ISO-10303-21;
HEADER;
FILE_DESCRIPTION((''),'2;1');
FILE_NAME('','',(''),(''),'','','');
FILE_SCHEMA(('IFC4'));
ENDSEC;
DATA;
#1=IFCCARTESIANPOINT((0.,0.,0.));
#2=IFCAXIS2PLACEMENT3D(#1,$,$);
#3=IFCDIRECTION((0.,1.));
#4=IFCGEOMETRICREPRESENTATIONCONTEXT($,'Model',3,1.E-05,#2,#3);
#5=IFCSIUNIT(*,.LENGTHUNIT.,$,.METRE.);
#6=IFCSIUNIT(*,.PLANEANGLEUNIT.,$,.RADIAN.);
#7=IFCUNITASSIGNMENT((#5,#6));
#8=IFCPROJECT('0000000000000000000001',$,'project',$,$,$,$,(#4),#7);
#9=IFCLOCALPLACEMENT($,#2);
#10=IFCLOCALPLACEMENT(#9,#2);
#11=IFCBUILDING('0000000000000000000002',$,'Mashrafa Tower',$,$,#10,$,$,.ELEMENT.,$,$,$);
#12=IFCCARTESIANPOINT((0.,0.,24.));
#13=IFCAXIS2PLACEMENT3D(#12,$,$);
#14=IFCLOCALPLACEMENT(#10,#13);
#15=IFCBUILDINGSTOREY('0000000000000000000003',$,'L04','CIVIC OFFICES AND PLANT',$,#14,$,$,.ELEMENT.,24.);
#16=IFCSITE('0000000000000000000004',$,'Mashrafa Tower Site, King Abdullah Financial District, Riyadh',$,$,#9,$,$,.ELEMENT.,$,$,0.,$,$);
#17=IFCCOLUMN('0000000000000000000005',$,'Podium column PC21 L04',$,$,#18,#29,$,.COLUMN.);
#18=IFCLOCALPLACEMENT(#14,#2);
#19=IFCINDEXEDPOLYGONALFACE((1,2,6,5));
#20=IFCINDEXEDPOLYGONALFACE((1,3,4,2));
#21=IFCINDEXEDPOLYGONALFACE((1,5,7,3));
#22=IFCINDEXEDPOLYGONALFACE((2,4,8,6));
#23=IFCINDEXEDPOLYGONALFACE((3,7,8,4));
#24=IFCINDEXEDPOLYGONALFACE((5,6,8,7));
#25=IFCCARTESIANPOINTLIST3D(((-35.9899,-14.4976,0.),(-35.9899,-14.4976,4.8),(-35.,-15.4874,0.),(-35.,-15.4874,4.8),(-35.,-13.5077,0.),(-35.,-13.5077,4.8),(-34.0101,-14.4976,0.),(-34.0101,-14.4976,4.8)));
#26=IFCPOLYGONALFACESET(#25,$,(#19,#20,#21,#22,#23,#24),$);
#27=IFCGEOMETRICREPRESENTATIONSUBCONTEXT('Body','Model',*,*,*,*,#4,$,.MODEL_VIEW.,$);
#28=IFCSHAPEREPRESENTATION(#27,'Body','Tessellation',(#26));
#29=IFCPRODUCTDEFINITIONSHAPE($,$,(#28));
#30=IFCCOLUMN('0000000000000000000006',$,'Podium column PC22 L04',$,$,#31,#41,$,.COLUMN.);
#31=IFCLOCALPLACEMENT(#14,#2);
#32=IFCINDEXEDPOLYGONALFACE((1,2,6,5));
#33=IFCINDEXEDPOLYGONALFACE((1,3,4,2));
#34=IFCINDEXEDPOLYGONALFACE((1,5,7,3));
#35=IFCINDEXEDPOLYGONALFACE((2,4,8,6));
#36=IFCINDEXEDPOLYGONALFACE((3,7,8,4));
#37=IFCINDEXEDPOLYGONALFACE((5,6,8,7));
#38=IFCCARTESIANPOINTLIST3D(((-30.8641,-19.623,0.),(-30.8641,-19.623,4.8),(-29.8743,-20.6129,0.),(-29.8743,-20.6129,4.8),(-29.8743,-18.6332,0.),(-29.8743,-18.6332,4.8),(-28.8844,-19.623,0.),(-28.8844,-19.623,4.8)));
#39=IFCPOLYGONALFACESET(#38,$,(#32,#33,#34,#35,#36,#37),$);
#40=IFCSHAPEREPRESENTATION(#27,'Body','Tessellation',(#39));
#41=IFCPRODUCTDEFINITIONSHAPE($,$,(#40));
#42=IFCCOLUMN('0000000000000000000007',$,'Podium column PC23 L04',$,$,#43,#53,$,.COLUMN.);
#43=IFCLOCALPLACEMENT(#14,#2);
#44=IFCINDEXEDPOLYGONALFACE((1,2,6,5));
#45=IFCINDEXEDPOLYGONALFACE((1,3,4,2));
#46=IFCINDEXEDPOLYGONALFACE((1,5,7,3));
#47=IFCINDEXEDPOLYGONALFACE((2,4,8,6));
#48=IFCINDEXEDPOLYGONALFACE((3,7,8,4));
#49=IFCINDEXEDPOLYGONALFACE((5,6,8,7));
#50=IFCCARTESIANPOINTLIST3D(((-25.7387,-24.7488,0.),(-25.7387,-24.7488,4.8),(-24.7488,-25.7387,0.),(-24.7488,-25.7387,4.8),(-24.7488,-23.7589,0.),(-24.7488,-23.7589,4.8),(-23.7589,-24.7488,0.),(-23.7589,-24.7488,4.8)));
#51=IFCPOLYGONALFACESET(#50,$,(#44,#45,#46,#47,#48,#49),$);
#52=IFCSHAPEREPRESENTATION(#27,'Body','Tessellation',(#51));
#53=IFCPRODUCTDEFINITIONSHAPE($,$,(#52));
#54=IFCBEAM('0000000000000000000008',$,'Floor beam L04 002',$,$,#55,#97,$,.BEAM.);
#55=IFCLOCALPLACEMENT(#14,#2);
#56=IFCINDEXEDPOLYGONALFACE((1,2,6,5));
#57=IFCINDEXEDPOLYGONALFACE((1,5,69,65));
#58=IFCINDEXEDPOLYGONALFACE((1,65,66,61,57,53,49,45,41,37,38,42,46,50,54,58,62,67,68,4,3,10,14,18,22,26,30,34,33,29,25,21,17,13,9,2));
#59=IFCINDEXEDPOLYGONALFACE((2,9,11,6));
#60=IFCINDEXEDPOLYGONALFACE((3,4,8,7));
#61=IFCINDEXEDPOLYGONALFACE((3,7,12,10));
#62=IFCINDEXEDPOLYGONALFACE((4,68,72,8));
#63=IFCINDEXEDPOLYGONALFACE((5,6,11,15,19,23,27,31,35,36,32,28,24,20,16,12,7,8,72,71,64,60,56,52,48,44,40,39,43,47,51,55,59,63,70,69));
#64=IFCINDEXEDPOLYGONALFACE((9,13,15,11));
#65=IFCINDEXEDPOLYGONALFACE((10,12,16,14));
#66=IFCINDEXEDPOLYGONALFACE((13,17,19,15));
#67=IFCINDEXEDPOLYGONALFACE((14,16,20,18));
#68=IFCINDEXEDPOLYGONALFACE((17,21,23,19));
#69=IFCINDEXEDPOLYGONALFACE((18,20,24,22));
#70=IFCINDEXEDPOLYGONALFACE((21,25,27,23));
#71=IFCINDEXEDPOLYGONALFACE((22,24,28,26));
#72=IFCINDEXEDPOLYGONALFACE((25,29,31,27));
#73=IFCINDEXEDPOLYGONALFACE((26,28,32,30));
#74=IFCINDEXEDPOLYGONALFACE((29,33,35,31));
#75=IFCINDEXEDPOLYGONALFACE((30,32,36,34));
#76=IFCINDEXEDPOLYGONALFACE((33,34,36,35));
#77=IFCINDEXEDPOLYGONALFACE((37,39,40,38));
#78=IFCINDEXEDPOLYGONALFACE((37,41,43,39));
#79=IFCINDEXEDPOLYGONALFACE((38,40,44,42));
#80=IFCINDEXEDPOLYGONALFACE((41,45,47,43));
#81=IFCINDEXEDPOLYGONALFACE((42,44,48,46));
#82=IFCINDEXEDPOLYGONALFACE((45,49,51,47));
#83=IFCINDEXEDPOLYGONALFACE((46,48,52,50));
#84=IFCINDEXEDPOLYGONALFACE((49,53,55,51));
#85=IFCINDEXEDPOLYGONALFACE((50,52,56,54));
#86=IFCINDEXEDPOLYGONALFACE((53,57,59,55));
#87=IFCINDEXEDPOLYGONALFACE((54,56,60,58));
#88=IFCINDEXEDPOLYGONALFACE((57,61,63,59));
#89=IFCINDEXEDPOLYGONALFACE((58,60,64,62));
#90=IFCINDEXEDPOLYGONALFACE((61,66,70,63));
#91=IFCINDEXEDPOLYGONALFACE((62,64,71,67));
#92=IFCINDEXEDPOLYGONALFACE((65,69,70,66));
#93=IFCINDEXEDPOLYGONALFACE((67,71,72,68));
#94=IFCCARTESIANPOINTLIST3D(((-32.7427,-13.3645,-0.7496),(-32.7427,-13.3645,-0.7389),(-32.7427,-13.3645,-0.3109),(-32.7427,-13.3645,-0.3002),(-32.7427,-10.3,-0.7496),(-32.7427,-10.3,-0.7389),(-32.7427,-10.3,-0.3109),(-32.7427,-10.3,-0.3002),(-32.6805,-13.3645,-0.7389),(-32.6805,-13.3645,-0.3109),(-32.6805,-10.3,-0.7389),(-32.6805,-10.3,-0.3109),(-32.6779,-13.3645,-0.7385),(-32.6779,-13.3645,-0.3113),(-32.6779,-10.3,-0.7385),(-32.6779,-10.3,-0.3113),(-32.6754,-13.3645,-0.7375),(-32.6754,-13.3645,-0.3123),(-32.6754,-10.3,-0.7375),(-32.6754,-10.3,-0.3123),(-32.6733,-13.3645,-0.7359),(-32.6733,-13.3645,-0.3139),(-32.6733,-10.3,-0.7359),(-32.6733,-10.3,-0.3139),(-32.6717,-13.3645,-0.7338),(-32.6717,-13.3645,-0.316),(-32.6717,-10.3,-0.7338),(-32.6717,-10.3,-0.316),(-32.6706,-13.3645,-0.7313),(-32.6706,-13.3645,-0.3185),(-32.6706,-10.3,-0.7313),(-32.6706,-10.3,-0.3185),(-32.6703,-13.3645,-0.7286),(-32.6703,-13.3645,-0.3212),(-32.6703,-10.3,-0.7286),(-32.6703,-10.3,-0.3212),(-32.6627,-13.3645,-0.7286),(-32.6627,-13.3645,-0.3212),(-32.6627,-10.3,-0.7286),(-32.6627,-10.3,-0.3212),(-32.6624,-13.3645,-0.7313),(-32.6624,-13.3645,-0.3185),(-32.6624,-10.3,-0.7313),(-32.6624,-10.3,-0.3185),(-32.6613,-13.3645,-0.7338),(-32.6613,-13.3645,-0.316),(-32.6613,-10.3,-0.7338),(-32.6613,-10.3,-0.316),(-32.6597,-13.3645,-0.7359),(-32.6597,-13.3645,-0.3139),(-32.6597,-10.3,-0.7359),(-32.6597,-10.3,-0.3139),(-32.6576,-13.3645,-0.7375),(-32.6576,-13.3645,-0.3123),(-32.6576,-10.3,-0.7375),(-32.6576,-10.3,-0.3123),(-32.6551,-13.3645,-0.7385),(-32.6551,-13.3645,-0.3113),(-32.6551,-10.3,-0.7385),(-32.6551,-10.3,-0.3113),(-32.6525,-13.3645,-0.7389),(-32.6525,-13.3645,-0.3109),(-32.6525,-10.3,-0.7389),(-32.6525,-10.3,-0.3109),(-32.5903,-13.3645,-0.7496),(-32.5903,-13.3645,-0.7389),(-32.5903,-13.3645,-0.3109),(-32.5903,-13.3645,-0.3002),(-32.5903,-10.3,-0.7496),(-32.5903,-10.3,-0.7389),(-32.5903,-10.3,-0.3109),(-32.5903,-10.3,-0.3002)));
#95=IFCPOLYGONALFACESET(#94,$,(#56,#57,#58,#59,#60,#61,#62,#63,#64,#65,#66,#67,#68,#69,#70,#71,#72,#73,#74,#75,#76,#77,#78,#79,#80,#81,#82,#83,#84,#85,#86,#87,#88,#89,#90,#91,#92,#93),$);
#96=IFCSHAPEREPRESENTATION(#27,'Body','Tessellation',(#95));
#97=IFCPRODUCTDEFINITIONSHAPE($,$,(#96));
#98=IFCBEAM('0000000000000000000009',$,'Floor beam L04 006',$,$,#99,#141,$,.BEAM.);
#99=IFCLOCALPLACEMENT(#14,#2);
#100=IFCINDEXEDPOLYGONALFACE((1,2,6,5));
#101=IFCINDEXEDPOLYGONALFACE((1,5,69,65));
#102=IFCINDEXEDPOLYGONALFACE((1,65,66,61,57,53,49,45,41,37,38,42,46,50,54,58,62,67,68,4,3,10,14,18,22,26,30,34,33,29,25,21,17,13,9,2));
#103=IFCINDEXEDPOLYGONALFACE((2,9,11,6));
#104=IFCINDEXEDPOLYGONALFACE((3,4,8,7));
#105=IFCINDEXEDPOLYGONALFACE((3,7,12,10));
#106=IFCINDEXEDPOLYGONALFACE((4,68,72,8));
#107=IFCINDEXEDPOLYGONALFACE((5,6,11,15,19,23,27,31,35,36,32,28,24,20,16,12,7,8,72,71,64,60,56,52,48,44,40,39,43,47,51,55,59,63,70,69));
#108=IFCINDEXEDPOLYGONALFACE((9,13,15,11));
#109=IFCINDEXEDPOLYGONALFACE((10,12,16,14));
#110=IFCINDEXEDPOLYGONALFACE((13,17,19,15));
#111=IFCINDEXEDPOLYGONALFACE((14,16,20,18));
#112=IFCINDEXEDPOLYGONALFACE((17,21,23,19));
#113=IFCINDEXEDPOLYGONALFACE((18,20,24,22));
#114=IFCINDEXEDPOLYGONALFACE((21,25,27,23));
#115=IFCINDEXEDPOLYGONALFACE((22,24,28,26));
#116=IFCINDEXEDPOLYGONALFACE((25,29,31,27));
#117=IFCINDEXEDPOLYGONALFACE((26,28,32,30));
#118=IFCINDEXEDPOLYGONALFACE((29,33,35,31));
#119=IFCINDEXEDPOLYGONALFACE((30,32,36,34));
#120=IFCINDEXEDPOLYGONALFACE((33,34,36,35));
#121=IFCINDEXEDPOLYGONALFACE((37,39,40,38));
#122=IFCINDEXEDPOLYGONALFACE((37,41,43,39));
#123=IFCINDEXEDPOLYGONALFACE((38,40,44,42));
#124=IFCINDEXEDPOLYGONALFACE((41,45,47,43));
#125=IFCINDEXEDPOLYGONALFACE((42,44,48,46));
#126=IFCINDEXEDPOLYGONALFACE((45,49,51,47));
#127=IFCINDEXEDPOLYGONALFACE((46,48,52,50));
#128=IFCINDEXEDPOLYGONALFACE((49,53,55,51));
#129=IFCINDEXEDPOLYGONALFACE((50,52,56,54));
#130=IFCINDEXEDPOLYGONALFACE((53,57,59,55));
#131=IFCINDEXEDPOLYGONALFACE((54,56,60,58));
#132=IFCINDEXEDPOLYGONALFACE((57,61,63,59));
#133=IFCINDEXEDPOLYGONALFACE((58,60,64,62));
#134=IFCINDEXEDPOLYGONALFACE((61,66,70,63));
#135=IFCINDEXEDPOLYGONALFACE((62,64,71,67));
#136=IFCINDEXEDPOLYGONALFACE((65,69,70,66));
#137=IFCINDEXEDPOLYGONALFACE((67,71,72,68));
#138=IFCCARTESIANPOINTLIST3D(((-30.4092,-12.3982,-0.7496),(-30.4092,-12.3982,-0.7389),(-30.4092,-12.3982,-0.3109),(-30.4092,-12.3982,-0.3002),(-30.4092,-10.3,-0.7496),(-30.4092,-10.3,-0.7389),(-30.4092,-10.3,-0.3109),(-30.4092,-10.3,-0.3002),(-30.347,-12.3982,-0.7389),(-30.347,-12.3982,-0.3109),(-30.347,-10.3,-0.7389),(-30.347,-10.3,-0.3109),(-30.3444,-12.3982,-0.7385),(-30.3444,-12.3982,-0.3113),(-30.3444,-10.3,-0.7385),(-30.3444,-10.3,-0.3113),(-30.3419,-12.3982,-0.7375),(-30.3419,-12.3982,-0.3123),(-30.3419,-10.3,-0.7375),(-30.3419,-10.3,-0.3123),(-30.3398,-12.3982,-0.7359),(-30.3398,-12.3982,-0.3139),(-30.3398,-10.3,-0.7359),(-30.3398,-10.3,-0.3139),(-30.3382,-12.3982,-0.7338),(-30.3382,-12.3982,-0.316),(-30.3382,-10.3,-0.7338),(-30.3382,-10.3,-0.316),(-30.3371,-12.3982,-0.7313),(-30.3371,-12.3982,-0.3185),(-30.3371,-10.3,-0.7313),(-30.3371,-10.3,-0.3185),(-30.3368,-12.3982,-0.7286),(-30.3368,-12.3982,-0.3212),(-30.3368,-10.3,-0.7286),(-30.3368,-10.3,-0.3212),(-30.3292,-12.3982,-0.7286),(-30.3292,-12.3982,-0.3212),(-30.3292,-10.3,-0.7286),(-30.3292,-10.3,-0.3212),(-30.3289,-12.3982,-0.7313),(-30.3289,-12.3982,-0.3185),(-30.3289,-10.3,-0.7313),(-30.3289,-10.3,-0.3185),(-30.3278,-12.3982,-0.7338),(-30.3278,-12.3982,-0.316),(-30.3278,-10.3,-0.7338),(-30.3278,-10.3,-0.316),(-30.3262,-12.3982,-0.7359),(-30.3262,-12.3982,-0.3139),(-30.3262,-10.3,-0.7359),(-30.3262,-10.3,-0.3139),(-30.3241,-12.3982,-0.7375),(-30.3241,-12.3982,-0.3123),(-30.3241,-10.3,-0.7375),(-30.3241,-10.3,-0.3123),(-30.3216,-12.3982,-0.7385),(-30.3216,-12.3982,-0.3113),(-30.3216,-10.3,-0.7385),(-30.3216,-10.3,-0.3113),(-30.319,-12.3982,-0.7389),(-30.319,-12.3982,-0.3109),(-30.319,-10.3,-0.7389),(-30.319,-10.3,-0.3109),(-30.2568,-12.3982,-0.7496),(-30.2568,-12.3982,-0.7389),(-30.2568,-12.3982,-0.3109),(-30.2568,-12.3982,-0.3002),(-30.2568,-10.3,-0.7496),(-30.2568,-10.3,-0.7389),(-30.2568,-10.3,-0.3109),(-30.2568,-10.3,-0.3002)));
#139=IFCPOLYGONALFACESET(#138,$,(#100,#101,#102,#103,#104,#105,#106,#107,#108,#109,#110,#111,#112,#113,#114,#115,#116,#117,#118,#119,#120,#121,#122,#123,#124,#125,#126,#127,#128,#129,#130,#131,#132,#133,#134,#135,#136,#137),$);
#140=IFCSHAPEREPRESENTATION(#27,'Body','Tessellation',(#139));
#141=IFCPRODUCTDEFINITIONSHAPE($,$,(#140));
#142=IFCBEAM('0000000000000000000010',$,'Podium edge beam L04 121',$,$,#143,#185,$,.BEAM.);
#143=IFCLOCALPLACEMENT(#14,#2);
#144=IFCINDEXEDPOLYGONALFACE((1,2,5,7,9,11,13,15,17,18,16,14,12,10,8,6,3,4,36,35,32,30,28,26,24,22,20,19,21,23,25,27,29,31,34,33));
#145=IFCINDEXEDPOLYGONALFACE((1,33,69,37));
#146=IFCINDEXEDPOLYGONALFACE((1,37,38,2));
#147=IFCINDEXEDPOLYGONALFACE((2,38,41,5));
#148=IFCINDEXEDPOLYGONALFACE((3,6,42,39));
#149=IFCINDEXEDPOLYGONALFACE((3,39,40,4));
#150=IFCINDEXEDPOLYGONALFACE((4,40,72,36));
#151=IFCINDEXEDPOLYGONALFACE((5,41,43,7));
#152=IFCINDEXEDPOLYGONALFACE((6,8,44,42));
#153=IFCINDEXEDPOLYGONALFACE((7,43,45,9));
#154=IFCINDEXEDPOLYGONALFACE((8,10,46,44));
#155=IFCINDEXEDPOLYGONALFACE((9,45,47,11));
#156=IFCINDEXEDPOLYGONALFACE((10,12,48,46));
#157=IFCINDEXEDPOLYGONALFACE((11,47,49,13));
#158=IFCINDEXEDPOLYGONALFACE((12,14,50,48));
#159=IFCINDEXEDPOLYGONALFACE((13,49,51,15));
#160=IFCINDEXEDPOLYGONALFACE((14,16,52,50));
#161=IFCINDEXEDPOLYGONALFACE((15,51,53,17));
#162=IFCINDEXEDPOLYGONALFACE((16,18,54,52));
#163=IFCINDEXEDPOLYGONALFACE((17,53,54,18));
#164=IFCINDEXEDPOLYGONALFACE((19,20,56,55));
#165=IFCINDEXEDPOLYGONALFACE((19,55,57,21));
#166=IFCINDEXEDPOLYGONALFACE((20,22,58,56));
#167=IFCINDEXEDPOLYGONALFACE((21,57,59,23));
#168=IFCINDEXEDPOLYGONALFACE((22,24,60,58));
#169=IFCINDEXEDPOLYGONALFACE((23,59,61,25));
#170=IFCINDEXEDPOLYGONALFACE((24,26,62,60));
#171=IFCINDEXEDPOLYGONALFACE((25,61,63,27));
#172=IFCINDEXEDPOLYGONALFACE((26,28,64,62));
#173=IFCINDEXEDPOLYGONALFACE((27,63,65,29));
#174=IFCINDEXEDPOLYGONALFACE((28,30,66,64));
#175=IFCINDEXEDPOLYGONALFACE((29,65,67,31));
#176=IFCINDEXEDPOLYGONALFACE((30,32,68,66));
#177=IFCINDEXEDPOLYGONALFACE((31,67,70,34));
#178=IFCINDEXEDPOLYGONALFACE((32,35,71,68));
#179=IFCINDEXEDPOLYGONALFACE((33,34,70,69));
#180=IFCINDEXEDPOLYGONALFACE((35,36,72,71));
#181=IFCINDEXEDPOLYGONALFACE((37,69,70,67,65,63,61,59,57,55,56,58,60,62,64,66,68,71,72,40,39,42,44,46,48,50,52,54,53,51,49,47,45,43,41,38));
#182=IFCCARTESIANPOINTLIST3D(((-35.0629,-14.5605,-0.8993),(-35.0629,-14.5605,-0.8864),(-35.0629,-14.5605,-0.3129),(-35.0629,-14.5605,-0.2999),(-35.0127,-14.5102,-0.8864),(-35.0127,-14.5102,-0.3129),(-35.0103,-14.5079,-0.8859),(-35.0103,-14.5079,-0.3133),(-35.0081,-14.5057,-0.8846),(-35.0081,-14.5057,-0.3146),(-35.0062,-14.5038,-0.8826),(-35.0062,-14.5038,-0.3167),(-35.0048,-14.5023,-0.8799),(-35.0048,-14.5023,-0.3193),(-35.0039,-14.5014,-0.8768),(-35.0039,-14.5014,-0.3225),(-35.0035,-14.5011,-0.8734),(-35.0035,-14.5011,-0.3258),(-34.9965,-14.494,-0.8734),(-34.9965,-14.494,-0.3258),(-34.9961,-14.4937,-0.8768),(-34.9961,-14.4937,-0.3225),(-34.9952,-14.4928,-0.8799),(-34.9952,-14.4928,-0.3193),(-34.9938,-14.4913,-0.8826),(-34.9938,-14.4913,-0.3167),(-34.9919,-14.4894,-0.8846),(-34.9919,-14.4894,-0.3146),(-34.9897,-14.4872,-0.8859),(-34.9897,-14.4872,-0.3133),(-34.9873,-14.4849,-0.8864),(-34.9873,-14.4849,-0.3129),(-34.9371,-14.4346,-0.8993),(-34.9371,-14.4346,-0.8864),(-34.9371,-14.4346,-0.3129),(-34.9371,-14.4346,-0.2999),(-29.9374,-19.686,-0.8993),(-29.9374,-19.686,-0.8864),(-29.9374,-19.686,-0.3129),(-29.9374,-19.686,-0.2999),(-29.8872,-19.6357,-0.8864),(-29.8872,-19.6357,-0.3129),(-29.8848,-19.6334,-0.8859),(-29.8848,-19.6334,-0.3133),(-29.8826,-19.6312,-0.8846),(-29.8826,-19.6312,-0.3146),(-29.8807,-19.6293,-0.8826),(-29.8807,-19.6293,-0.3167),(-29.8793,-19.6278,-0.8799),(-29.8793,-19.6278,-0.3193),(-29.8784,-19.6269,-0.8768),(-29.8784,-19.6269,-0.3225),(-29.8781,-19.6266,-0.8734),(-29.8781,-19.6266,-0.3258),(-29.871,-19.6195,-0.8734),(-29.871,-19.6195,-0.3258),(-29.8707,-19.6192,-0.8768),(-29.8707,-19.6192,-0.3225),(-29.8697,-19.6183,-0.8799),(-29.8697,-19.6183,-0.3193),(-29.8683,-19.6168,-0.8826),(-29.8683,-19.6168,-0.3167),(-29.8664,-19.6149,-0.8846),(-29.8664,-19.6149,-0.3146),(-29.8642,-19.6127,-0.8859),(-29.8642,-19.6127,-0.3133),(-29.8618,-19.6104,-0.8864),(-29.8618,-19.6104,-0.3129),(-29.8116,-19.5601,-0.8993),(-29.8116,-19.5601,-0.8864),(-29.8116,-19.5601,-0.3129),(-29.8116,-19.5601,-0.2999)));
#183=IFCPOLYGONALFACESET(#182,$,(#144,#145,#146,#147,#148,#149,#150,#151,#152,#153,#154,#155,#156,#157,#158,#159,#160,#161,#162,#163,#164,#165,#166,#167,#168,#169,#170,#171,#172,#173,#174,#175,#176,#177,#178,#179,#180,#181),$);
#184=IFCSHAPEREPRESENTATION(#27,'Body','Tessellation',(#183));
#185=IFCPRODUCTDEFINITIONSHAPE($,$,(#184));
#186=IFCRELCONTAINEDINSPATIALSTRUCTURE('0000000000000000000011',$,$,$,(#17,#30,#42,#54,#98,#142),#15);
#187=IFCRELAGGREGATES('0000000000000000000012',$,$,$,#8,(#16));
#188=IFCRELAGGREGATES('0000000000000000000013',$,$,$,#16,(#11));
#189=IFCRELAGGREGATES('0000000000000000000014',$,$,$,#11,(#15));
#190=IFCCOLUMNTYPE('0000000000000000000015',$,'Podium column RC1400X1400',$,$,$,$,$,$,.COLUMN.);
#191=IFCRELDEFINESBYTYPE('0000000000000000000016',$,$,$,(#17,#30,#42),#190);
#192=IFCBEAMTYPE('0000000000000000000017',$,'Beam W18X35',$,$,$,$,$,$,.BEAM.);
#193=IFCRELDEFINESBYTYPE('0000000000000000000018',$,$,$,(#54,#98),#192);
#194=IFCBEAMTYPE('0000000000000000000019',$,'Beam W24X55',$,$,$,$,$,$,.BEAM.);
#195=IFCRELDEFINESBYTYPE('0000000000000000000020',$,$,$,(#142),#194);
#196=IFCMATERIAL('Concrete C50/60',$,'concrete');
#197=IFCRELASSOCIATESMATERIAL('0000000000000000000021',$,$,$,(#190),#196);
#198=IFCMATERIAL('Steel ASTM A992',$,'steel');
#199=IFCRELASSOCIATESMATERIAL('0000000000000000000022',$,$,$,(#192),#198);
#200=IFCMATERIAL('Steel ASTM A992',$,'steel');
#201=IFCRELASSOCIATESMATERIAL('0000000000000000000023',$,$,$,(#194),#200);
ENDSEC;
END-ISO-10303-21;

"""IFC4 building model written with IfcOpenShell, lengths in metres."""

from ifc_helpers import new_model, si_unit, direction, frame, origin, origin_2d, place, context, subcontext, project, spatial, rectangle, i_section, extrude, material, material_profile, profile_set, type_object, element, save


model = new_model("IFC4")

# Units and contexts
model_context = context("Model", 3, precision=1e-05, world=origin(), true_north=direction((0.0, 1.0)))
body_context = subcontext(model_context, "Body", "Model", "MODEL_VIEW")
ifc_project = project(units=[si_unit("LENGTHUNIT", "METRE"), si_unit("PLANEANGLEUNIT", "RADIAN")], contexts=[model_context])

# Site, building, storey
site_placement = place(None, origin())
site = spatial("IfcSite", under=ifc_project, at=site_placement, Name="Mashrafa Tower Site, King Abdullah Financial District, Riyadh", CompositionType="ELEMENT", RefElevation=0.0)
building_placement = place(site_placement, origin())
building = spatial("IfcBuilding", under=site, at=building_placement, Name="Mashrafa Tower", CompositionType="ELEMENT")
storey_placement = place(building_placement, frame((0.0, 0.0, 24.0)))
storey = spatial("IfcBuildingStorey", under=building, at=storey_placement, Name="L04", Description="CIVIC OFFICES AND PLANT", CompositionType="ELEMENT", Elevation=24.0)

# Columns
ifc_material_1 = material(Name="Concrete C50/60", Category="concrete")
ifc_material_profile_1 = material_profile(ifc_material_1, rectangle(XDim=1.3999, YDim=1.3999, at=origin_2d()), Name="RC1400X1400")
ifc_profile_set_1 = profile_set([ifc_material_profile_1], Name="Concrete C50/60")
column_type = type_object("IfcColumnType", Name="Podium column RC1400X1400", PredefinedType="COLUMN", material=ifc_profile_set_1)
for number, where, z_axis, x_axis, name in (
    (1, (-35.0, -14.4976, 0.0), (0.0, 0.0, 1.0), (0.707107, 0.707107, 0.0), "Podium column PC21 L04"),
    (2, (-29.8743, -19.623, 0.0), (0.0, 0.0, 1.0), (0.707107, 0.707107, 0.0), "Podium column PC22 L04"),
    (3, (-24.7488, -24.7488, 0.0), (0.0, 0.0, 1.0), (0.707107, 0.707107, 0.0), "Podium column PC23 L04"),
):
    element("IfcColumn", number, at=place(storey_placement, frame(where, z_axis=z_axis, x_axis=x_axis)), inside=storey, type_object=column_type, Name=name, PredefinedType="COLUMN", context=body_context, shape_type="SweptSolid", body=[
        extrude(rectangle(XDim=1.3999, YDim=1.3999, at=origin_2d()), origin(), (0.0, 0.0, 1.0), 4.8),
    ])

# Beams
ifc_material_2 = material(Name="Steel ASTM A992", Category="steel")
ifc_material_profile_2 = material_profile(ifc_material_2, i_section(OverallWidth=0.1523, OverallDepth=0.4495, WebThickness=0.0076, FlangeThickness=0.0107, FilletRadius=0.0103, at=origin_2d()), Name="W18X35")
ifc_profile_set_2 = profile_set([ifc_material_profile_2], Name="Steel ASTM A992")
beam_type_1 = type_object("IfcBeamType", Name="Beam W18X35", PredefinedType="BEAM", material=ifc_profile_set_2)
beam_1_placement = place(storey_placement, frame((-32.6665, -13.3645, -0.5249), z_axis=(0.0, 1.0, 0.0), x_axis=(-1.0, 0.0, 0.0)))
element("IfcBeam", 4, at=beam_1_placement, inside=storey, type_object=beam_type_1, Name="Floor beam L04 002", PredefinedType="BEAM", context=body_context, shape_type="SweptSolid", body=[
    extrude(i_section(OverallWidth=0.1523, OverallDepth=0.4495, WebThickness=0.0076, FlangeThickness=0.0107, FilletRadius=0.0103, at=origin_2d()), origin(), (0.0, 0.0, 1.0), 3.0645),
])
beam_2_placement = place(storey_placement, frame((-30.333, -12.3982, -0.5249), z_axis=(0.0, 1.0, 0.0), x_axis=(-1.0, 0.0, 0.0)))
element("IfcBeam", 5, at=beam_2_placement, inside=storey, type_object=beam_type_1, Name="Floor beam L04 006", PredefinedType="BEAM", context=body_context, shape_type="SweptSolid", body=[
    extrude(i_section(OverallWidth=0.1523, OverallDepth=0.4495, WebThickness=0.0076, FlangeThickness=0.0107, FilletRadius=0.0103, at=origin_2d()), origin(), (0.0, 0.0, 1.0), 2.0981),
])
ifc_material_3 = material(Name="Steel ASTM A992", Category="steel")
ifc_material_profile_3 = material_profile(ifc_material_3, i_section(OverallWidth=0.178, OverallDepth=0.5994, WebThickness=0.01, FlangeThickness=0.0129, FilletRadius=0.0129, at=origin_2d()), Name="W24X55")
ifc_profile_set_3 = profile_set([ifc_material_profile_3], Name="Steel ASTM A992")
beam_type_2 = type_object("IfcBeamType", Name="Beam W24X55", PredefinedType="BEAM", material=ifc_profile_set_3)
beam_3_placement = place(storey_placement, frame((-35.0, -14.4976, -0.5996), z_axis=(0.707107, -0.707107, 0.0), x_axis=(0.707107, 0.707107, 0.0)))
element("IfcBeam", 6, at=beam_3_placement, inside=storey, type_object=beam_type_2, Name="Podium edge beam L04 121", PredefinedType="BEAM", context=body_context, shape_type="SweptSolid", body=[
    extrude(i_section(OverallWidth=0.178, OverallDepth=0.5994, WebThickness=0.01, FlangeThickness=0.0129, FilletRadius=0.0129, at=origin_2d()), origin(), (0.0, 0.0, 1.0), 7.2485),
])

save(model, "model.ifc")
